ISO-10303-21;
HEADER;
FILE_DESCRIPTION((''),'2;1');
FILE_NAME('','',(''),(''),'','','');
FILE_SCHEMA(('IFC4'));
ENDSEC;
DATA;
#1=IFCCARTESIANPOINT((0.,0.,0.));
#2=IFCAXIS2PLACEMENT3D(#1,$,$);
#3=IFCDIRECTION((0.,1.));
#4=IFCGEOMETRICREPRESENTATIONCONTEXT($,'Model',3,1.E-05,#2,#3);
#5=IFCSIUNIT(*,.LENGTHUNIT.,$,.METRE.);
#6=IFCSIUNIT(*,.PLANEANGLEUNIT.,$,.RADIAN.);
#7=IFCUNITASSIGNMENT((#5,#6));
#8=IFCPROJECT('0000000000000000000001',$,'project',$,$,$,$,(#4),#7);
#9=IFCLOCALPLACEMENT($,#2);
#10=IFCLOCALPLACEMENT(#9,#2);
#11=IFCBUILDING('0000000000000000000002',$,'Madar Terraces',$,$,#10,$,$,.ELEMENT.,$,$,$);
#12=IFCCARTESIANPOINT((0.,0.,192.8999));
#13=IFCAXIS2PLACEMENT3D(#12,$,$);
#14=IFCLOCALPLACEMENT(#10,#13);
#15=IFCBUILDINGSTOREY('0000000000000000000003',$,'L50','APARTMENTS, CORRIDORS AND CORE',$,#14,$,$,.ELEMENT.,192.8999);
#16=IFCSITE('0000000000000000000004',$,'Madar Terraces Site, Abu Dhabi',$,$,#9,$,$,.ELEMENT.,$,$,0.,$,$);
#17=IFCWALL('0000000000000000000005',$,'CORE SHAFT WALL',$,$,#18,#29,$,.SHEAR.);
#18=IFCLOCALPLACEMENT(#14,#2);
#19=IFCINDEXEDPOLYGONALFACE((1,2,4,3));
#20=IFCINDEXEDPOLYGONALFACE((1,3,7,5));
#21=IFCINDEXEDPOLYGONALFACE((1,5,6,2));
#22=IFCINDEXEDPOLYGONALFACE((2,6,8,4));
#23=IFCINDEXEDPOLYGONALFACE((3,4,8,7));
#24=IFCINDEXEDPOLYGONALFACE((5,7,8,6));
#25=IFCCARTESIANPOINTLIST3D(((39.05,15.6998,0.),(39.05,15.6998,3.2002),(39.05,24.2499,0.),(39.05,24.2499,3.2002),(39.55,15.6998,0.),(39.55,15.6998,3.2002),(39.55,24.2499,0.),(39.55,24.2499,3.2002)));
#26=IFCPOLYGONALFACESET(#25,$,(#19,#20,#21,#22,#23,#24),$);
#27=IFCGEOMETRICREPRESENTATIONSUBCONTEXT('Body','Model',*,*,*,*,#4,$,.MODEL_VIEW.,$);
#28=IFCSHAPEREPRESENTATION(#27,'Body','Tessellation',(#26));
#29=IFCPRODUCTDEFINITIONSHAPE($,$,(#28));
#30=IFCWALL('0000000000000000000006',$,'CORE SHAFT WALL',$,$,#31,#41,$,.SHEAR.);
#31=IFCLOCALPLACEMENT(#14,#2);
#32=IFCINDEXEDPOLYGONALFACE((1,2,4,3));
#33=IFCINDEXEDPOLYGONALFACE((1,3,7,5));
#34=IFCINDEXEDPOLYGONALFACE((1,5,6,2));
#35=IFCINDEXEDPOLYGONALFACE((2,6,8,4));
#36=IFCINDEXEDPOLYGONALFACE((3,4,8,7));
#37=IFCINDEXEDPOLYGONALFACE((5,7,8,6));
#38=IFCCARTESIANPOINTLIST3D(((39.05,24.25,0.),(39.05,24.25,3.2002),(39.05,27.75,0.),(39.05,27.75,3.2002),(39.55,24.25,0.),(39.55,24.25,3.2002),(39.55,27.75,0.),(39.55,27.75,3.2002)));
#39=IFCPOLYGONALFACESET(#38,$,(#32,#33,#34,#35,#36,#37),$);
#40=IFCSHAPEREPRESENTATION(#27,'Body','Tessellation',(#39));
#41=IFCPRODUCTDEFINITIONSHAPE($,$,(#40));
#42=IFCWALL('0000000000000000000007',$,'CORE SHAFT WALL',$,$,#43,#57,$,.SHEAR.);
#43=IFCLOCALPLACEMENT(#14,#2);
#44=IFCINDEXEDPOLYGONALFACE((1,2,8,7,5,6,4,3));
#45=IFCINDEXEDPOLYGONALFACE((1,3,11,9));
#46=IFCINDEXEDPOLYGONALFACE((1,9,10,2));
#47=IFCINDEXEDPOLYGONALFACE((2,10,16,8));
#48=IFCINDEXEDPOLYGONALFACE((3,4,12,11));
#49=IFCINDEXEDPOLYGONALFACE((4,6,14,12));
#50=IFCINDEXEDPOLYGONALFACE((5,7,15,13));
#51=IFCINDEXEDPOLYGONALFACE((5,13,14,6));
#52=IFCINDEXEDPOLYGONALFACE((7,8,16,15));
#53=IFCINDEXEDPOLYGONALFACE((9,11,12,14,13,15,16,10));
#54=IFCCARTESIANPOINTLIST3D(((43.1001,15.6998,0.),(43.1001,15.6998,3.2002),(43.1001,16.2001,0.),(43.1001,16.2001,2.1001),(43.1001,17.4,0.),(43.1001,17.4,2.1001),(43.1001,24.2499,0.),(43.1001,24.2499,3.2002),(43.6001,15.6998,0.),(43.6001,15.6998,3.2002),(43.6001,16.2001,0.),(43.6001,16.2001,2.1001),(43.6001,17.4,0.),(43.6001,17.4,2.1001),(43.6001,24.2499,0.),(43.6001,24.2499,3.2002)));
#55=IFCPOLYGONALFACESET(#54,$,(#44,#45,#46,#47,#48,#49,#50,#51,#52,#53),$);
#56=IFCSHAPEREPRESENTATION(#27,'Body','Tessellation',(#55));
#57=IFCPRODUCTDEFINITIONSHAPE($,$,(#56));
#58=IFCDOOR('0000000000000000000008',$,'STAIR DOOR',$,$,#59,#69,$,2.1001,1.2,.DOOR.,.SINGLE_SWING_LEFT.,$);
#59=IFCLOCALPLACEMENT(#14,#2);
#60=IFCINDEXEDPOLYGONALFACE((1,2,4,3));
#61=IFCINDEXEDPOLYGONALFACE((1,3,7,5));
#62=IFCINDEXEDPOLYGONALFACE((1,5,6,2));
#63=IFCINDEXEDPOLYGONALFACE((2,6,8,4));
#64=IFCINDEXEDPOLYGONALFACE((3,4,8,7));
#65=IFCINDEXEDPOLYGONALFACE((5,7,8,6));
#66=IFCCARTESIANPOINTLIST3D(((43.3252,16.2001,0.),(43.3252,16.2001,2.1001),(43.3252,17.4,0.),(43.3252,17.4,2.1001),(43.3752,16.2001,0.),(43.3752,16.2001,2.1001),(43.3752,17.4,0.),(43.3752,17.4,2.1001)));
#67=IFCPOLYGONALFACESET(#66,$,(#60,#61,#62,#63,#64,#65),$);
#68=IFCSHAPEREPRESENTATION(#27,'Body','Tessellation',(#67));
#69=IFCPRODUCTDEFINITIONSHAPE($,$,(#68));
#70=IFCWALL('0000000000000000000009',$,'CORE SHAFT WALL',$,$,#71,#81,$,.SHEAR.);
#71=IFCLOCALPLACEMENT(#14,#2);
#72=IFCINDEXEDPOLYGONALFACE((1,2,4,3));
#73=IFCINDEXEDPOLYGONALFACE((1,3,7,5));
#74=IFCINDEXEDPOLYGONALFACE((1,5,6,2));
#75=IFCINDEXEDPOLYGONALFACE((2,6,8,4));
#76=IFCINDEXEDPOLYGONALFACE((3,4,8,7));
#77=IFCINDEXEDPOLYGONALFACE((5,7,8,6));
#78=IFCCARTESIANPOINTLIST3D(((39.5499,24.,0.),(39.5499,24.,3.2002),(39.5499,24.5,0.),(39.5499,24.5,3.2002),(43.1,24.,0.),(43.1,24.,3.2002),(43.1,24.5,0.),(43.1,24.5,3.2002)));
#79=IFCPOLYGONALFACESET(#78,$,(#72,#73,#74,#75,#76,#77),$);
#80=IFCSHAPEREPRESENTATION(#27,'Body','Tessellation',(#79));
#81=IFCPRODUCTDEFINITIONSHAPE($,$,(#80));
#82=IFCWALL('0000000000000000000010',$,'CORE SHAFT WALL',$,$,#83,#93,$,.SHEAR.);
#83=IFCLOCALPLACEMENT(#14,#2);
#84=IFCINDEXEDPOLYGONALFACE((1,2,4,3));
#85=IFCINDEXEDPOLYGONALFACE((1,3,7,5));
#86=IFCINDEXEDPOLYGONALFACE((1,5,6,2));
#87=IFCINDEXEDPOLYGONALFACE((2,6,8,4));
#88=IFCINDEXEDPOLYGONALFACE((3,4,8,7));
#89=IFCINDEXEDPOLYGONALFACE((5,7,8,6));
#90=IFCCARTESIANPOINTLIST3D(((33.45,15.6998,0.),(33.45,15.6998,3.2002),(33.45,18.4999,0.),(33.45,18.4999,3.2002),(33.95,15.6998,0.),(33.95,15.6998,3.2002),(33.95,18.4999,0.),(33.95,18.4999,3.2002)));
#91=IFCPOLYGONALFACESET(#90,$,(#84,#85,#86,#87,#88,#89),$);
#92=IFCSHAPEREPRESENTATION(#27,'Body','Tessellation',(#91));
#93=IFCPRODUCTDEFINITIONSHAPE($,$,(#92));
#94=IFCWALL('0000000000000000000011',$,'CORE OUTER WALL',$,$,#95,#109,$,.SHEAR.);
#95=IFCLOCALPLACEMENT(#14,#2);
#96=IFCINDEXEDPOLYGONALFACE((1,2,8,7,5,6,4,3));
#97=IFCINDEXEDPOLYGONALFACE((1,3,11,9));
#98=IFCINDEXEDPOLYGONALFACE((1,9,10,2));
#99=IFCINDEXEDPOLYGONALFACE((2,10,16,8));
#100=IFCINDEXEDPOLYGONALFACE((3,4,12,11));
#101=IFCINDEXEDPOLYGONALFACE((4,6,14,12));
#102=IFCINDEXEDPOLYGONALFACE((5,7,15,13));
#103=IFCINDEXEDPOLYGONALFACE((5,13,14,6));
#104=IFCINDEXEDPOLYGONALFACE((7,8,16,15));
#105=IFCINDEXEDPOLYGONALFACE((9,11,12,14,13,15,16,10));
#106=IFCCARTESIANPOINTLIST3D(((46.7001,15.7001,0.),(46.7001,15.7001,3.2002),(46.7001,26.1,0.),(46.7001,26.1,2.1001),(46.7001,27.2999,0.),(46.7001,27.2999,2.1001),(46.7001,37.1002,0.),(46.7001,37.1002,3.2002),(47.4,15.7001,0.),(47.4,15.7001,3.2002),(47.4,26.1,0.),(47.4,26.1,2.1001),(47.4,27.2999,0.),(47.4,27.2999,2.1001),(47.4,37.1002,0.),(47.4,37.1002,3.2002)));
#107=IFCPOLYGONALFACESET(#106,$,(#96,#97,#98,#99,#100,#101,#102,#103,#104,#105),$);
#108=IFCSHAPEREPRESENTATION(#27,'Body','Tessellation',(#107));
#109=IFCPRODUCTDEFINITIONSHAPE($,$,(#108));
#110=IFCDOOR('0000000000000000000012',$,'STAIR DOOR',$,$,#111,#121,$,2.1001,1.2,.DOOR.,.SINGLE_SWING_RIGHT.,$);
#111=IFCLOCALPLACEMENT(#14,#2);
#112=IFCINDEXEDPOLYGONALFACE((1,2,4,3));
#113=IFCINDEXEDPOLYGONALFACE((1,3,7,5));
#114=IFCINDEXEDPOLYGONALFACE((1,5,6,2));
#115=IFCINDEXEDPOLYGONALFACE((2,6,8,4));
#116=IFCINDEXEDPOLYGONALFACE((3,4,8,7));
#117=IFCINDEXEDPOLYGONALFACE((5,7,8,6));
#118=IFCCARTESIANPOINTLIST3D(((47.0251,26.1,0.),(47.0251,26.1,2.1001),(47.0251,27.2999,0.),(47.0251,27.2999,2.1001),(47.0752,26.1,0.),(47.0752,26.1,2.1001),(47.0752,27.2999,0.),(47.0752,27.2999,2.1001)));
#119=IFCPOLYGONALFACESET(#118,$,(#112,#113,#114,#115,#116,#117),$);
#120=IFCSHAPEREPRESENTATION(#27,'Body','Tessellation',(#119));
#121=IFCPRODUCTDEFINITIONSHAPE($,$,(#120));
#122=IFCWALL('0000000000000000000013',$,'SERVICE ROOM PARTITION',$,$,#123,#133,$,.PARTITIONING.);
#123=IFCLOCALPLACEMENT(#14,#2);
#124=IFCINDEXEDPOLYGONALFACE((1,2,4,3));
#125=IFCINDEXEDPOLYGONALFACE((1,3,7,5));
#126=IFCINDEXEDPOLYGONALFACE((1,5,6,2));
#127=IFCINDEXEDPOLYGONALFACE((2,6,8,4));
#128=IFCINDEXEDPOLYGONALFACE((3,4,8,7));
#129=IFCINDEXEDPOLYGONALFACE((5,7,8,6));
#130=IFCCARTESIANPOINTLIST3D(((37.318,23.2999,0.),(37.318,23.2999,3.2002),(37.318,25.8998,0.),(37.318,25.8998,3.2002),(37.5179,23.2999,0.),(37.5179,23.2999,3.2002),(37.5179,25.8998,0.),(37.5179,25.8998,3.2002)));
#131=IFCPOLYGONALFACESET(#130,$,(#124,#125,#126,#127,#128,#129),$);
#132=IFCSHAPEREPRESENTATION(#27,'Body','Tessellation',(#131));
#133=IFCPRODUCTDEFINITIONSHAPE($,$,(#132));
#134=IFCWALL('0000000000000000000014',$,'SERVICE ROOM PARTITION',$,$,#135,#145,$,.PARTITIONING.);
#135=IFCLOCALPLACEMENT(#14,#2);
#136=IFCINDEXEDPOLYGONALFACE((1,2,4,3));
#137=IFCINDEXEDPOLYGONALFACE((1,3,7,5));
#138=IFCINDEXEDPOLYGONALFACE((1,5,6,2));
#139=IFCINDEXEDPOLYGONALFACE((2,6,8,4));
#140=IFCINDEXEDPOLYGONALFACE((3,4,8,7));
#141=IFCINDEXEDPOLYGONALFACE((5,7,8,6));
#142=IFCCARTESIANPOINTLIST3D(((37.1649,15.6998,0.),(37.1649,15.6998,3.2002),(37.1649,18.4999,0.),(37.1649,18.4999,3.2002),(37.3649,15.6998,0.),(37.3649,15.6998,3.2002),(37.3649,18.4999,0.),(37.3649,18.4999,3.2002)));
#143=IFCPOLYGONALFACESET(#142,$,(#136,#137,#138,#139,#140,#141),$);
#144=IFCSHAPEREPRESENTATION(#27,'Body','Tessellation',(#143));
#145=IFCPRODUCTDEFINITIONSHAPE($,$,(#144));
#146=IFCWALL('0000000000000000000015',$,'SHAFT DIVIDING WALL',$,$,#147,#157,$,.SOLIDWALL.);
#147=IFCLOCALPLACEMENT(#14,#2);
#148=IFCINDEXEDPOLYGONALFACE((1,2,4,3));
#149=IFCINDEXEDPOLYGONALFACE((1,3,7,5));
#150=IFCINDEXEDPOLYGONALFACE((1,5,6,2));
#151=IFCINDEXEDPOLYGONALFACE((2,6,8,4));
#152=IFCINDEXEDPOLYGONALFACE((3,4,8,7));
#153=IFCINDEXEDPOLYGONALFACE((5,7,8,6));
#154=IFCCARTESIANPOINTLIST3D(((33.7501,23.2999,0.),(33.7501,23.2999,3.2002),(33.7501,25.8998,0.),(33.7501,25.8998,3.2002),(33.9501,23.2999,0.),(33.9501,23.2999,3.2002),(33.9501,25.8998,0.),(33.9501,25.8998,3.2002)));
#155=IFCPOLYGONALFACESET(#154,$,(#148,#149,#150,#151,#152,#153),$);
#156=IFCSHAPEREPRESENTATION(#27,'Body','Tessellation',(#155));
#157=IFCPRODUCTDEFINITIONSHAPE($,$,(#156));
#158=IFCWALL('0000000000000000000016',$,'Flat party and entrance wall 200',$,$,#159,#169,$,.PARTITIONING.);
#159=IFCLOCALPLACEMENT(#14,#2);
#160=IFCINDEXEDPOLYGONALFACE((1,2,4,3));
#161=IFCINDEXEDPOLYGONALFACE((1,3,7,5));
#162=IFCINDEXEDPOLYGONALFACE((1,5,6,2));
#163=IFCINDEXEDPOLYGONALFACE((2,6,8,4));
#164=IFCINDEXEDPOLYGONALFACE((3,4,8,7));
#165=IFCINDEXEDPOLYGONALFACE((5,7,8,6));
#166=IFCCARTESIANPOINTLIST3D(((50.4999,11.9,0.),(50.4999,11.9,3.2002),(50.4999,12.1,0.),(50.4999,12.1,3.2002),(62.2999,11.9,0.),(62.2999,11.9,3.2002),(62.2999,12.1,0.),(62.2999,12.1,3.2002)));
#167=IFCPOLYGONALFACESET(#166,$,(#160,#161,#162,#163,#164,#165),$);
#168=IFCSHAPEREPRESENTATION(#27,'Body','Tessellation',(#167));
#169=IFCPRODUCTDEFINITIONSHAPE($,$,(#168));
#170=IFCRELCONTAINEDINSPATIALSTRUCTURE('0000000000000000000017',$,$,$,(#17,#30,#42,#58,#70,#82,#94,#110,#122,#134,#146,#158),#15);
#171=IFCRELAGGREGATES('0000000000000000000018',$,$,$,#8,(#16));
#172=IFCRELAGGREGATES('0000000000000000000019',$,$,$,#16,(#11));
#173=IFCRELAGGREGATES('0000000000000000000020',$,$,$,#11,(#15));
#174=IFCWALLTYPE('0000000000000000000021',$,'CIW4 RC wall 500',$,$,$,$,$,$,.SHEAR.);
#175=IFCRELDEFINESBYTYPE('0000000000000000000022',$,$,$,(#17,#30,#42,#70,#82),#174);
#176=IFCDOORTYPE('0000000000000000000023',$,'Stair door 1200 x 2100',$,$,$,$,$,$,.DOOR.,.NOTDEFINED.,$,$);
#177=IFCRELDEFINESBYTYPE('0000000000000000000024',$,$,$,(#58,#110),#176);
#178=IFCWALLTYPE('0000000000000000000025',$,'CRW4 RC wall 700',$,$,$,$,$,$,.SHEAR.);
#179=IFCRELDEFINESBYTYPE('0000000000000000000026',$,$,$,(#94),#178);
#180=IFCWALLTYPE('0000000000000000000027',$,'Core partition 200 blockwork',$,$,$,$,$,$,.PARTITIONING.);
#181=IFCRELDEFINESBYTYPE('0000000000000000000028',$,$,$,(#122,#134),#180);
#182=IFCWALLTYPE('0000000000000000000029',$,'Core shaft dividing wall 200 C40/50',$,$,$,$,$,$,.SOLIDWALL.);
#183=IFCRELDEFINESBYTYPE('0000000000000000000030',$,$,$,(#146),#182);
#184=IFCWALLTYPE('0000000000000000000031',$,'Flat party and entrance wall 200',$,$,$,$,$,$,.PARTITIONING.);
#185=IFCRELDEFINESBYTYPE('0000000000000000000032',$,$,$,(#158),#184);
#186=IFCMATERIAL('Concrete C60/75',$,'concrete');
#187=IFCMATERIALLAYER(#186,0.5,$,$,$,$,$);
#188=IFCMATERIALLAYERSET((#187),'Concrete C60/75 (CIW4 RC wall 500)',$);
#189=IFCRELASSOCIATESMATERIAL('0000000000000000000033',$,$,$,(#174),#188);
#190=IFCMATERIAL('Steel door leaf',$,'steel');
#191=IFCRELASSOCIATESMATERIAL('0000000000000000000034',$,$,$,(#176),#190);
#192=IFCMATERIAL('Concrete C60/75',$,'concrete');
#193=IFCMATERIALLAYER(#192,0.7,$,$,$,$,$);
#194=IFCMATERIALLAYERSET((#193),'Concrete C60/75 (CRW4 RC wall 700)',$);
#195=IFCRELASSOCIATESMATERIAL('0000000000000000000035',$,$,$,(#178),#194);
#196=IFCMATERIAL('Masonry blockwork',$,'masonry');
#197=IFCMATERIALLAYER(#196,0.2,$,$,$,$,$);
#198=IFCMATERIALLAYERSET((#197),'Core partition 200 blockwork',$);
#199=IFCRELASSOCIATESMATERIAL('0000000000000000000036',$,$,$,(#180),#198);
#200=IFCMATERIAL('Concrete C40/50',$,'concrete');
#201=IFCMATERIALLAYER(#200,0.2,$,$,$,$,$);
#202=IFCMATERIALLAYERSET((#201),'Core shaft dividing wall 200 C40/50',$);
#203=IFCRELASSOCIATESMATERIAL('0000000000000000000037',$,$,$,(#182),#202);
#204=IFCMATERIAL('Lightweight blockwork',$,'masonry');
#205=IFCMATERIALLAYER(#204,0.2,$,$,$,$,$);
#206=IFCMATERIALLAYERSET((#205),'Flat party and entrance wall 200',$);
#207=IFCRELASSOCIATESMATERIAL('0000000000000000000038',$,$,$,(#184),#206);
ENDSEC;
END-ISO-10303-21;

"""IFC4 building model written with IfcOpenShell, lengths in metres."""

from ifc_helpers import new_model, si_unit, direction, frame, frame_2d, origin, place, context, subcontext, project, spatial, rectangle, extrude, material, layer, layer_set, type_object, element, fill, save


model = new_model("IFC4")

# Units and contexts
model_context = context("Model", 3, precision=1e-05, world=origin(), true_north=direction((0.0, 1.0)))
body_context = subcontext(model_context, "Body", "Model", "MODEL_VIEW")
ifc_project = project(units=[si_unit("LENGTHUNIT", "METRE"), si_unit("PLANEANGLEUNIT", "RADIAN")], contexts=[model_context])

# Site, building, storey
site_placement = place(None, origin())
site = spatial("IfcSite", under=ifc_project, at=site_placement, Name="Madar Terraces Site, Abu Dhabi", CompositionType="ELEMENT", RefElevation=0.0)
building_placement = place(site_placement, origin())
building = spatial("IfcBuilding", under=site, at=building_placement, Name="Madar Terraces", CompositionType="ELEMENT")
storey_placement = place(building_placement, frame((0.0, 0.0, 192.8999)))
storey = spatial("IfcBuildingStorey", under=building, at=storey_placement, Name="L50", Description="APARTMENTS, CORRIDORS AND CORE", CompositionType="ELEMENT", Elevation=192.8999)

# Walls
ifc_material_1 = material(Name="Concrete C60/75", Category="concrete")
ifc_layer_1 = layer(ifc_material_1, 0.5)
ifc_layer_set_1 = layer_set([ifc_layer_1], Name="Concrete C60/75 (CIW4 RC wall 500)")
wall_type_1 = type_object("IfcWallType", Name="CIW4 RC wall 500", PredefinedType="SHEAR", material=ifc_layer_set_1)
wall_1_placement = place(storey_placement, frame((39.3, 15.7, 0.0), z_axis=(0.0, 0.0, 1.0), x_axis=(0.0, 1.0, 0.0)))
element("IfcWall", 1, at=wall_1_placement, inside=storey, type_object=wall_type_1, Name="CORE SHAFT WALL", PredefinedType="SHEAR", context=body_context, shape_type="SweptSolid", body=[
    extrude(rectangle(XDim=8.55, YDim=0.5, at=frame_2d((4.2749, 0.0))), origin(), (0.0, 0.0, 1.0), 3.2002),
])
wall_2_placement = place(storey_placement, frame((39.3, 24.25, 0.0), z_axis=(0.0, 0.0, 1.0), x_axis=(0.0, 1.0, 0.0)))
element("IfcWall", 2, at=wall_2_placement, inside=storey, type_object=wall_type_1, Name="CORE SHAFT WALL", PredefinedType="SHEAR", context=body_context, shape_type="SweptSolid", body=[
    extrude(rectangle(XDim=3.5, YDim=0.5, at=frame_2d((1.75, 0.0))), origin(), (0.0, 0.0, 1.0), 3.2002),
])

# Wall, opening, door
wall_3_placement = place(storey_placement, frame((43.3501, 15.7, 0.0), z_axis=(0.0, 0.0, 1.0), x_axis=(0.0, 1.0, 0.0)))
wall_3 = element("IfcWall", 3, at=wall_3_placement, inside=storey, type_object=wall_type_1, Name="CORE SHAFT WALL", PredefinedType="SHEAR", context=body_context, shape_type="SweptSolid", body=[
    extrude(rectangle(XDim=8.55, YDim=0.5, at=frame_2d((4.2749, 0.0))), origin(), (0.0, 0.0, 1.0), 3.2002),
])
opening_1_placement = place(wall_3_placement, frame((0.5, 0.0, 0.0)))
opening_1 = element("IfcOpeningElement", 4, at=opening_1_placement, cuts=wall_3, PredefinedType="OPENING", context=body_context, shape_type="SweptSolid", body=[
    extrude(rectangle(XDim=1.2, YDim=2.1001, at=frame_2d((0.6001, 1.05))), frame((0.0, 0.26, 0.0), z_axis=(0.0, -1.0, 0.0), x_axis=(1.0, 0.0, 0.0)), (0.0, 0.0, 1.0), 0.52),
])
ifc_material_2 = material(Name="Steel door leaf", Category="steel")
door_type = type_object("IfcDoorType", Name="Stair door 1200 x 2100", OperationType="NOTDEFINED", PredefinedType="DOOR", material=ifc_material_2)
door_1_placement = place(opening_1_placement, origin())
door_1 = element("IfcDoor", 5, at=door_1_placement, inside=storey, type_object=door_type, Name="STAIR DOOR", OperationType="SINGLE_SWING_LEFT", OverallHeight=2.1001, OverallWidth=1.2, PredefinedType="DOOR", context=body_context, shape_type="SweptSolid", body=[
    extrude(rectangle(XDim=1.2, YDim=2.1001, at=frame_2d((0.6001, 1.05))), frame((0.0, 0.0249, 0.0), z_axis=(0.0, -1.0, 0.0), x_axis=(1.0, 0.0, 0.0)), (0.0, 0.0, 1.0), 0.05),
])
fill(opening_1, door_1)

# Walls
wall_4_placement = place(storey_placement, frame((39.55, 24.25, 0.0), z_axis=(0.0, 0.0, 1.0), x_axis=(1.0, 0.0, 0.0)))
element("IfcWall", 6, at=wall_4_placement, inside=storey, type_object=wall_type_1, Name="CORE SHAFT WALL", PredefinedType="SHEAR", context=body_context, shape_type="SweptSolid", body=[
    extrude(rectangle(XDim=3.55, YDim=0.5, at=frame_2d((1.7749, 0.0))), origin(), (0.0, 0.0, 1.0), 3.2002),
])
wall_5_placement = place(storey_placement, frame((33.7, 15.7, 0.0), z_axis=(0.0, 0.0, 1.0), x_axis=(0.0, 1.0, 0.0)))
element("IfcWall", 7, at=wall_5_placement, inside=storey, type_object=wall_type_1, Name="CORE SHAFT WALL", PredefinedType="SHEAR", context=body_context, shape_type="SweptSolid", body=[
    extrude(rectangle(XDim=2.8, YDim=0.5, at=frame_2d((1.3999, 0.0))), origin(), (0.0, 0.0, 1.0), 3.2002),
])

# Wall, opening, door
ifc_material_3 = material(Name="Concrete C60/75", Category="concrete")
ifc_layer_2 = layer(ifc_material_3, 0.7)
ifc_layer_set_2 = layer_set([ifc_layer_2], Name="Concrete C60/75 (CRW4 RC wall 700)")
wall_type_2 = type_object("IfcWallType", Name="CRW4 RC wall 700", PredefinedType="SHEAR", material=ifc_layer_set_2)
wall_6_placement = place(storey_placement, frame((47.05, 15.7, 0.0), z_axis=(0.0, 0.0, 1.0), x_axis=(0.0, 1.0, 0.0)))
wall_6 = element("IfcWall", 8, at=wall_6_placement, inside=storey, type_object=wall_type_2, Name="CORE OUTER WALL", PredefinedType="SHEAR", context=body_context, shape_type="SweptSolid", body=[
    extrude(rectangle(XDim=21.4001, YDim=0.7, at=frame_2d((10.7002, 0.0))), origin(), (0.0, 0.0, 1.0), 3.2002),
])
opening_2_placement = place(wall_6_placement, frame((10.3999, 0.0, 0.0)))
opening_2 = element("IfcOpeningElement", 9, at=opening_2_placement, cuts=wall_6, PredefinedType="OPENING", context=body_context, shape_type="SweptSolid", body=[
    extrude(rectangle(XDim=1.2, YDim=2.1001, at=frame_2d((0.6001, 1.05))), frame((0.0, 0.3599, 0.0), z_axis=(0.0, -1.0, 0.0), x_axis=(1.0, 0.0, 0.0)), (0.0, 0.0, 1.0), 0.72),
])
door_2_placement = place(opening_2_placement, origin())
door_2 = element("IfcDoor", 10, at=door_2_placement, inside=storey, type_object=door_type, Name="STAIR DOOR", OperationType="SINGLE_SWING_RIGHT", OverallHeight=2.1001, OverallWidth=1.2, PredefinedType="DOOR", context=body_context, shape_type="SweptSolid", body=[
    extrude(rectangle(XDim=1.2, YDim=2.1001, at=frame_2d((0.6001, 1.05))), frame((0.0, 0.0249, 0.0), z_axis=(0.0, -1.0, 0.0), x_axis=(1.0, 0.0, 0.0)), (0.0, 0.0, 1.0), 0.05),
])
fill(opening_2, door_2)

# Walls
ifc_material_4 = material(Name="Masonry blockwork", Category="masonry")
ifc_layer_3 = layer(ifc_material_4, 0.2)
ifc_layer_set_3 = layer_set([ifc_layer_3], Name="Core partition 200 blockwork")
wall_type_3 = type_object("IfcWallType", Name="Core partition 200 blockwork", PredefinedType="PARTITIONING", material=ifc_layer_set_3)
wall_7_placement = place(storey_placement, frame((37.418, 23.3, 0.0), z_axis=(0.0, 0.0, 1.0), x_axis=(0.0, 1.0, 0.0)))
element("IfcWall", 11, at=wall_7_placement, inside=storey, type_object=wall_type_3, Name="SERVICE ROOM PARTITION", PredefinedType="PARTITIONING", context=body_context, shape_type="SweptSolid", body=[
    extrude(rectangle(XDim=2.5999, YDim=0.2, at=frame_2d((1.2998, 0.0))), origin(), (0.0, 0.0, 1.0), 3.2002),
])
wall_8_placement = place(storey_placement, frame((37.2649, 15.7, 0.0), z_axis=(0.0, 0.0, 1.0), x_axis=(0.0, 1.0, 0.0)))
element("IfcWall", 12, at=wall_8_placement, inside=storey, type_object=wall_type_3, Name="SERVICE ROOM PARTITION", PredefinedType="PARTITIONING", context=body_context, shape_type="SweptSolid", body=[
    extrude(rectangle(XDim=2.8, YDim=0.2, at=frame_2d((1.3999, 0.0))), origin(), (0.0, 0.0, 1.0), 3.2002),
])
ifc_material_5 = material(Name="Concrete C40/50", Category="concrete")
ifc_layer_4 = layer(ifc_material_5, 0.2)
ifc_layer_set_4 = layer_set([ifc_layer_4], Name="Core shaft dividing wall 200 C40/50")
wall_type_4 = type_object("IfcWallType", Name="Core shaft dividing wall 200 C40/50", PredefinedType="SOLIDWALL", material=ifc_layer_set_4)
wall_9_placement = place(storey_placement, frame((33.8501, 23.3, 0.0), z_axis=(0.0, 0.0, 1.0), x_axis=(0.0, 1.0, 0.0)))
element("IfcWall", 13, at=wall_9_placement, inside=storey, type_object=wall_type_4, Name="SHAFT DIVIDING WALL", PredefinedType="SOLIDWALL", context=body_context, shape_type="SweptSolid", body=[
    extrude(rectangle(XDim=2.5999, YDim=0.2, at=frame_2d((1.2998, 0.0))), origin(), (0.0, 0.0, 1.0), 3.2002),
])
ifc_material_6 = material(Name="Lightweight blockwork", Category="masonry")
ifc_layer_5 = layer(ifc_material_6, 0.2)
ifc_layer_set_5 = layer_set([ifc_layer_5], Name="Flat party and entrance wall 200")
wall_type_5 = type_object("IfcWallType", Name="Flat party and entrance wall 200", PredefinedType="PARTITIONING", material=ifc_layer_set_5)
wall_10_placement = place(storey_placement, frame((50.5, 12.0, 0.0), z_axis=(0.0, 0.0, 1.0), x_axis=(1.0, 0.0, 0.0)))
element("IfcWall", 14, at=wall_10_placement, inside=storey, type_object=wall_type_5, Name="Flat party and entrance wall 200", PredefinedType="PARTITIONING", context=body_context, shape_type="SweptSolid", body=[
    extrude(rectangle(XDim=11.8, YDim=0.2, at=frame_2d((5.8999, 0.0))), origin(), (0.0, 0.0, 1.0), 3.2002),
])

save(model, "model.ifc")
